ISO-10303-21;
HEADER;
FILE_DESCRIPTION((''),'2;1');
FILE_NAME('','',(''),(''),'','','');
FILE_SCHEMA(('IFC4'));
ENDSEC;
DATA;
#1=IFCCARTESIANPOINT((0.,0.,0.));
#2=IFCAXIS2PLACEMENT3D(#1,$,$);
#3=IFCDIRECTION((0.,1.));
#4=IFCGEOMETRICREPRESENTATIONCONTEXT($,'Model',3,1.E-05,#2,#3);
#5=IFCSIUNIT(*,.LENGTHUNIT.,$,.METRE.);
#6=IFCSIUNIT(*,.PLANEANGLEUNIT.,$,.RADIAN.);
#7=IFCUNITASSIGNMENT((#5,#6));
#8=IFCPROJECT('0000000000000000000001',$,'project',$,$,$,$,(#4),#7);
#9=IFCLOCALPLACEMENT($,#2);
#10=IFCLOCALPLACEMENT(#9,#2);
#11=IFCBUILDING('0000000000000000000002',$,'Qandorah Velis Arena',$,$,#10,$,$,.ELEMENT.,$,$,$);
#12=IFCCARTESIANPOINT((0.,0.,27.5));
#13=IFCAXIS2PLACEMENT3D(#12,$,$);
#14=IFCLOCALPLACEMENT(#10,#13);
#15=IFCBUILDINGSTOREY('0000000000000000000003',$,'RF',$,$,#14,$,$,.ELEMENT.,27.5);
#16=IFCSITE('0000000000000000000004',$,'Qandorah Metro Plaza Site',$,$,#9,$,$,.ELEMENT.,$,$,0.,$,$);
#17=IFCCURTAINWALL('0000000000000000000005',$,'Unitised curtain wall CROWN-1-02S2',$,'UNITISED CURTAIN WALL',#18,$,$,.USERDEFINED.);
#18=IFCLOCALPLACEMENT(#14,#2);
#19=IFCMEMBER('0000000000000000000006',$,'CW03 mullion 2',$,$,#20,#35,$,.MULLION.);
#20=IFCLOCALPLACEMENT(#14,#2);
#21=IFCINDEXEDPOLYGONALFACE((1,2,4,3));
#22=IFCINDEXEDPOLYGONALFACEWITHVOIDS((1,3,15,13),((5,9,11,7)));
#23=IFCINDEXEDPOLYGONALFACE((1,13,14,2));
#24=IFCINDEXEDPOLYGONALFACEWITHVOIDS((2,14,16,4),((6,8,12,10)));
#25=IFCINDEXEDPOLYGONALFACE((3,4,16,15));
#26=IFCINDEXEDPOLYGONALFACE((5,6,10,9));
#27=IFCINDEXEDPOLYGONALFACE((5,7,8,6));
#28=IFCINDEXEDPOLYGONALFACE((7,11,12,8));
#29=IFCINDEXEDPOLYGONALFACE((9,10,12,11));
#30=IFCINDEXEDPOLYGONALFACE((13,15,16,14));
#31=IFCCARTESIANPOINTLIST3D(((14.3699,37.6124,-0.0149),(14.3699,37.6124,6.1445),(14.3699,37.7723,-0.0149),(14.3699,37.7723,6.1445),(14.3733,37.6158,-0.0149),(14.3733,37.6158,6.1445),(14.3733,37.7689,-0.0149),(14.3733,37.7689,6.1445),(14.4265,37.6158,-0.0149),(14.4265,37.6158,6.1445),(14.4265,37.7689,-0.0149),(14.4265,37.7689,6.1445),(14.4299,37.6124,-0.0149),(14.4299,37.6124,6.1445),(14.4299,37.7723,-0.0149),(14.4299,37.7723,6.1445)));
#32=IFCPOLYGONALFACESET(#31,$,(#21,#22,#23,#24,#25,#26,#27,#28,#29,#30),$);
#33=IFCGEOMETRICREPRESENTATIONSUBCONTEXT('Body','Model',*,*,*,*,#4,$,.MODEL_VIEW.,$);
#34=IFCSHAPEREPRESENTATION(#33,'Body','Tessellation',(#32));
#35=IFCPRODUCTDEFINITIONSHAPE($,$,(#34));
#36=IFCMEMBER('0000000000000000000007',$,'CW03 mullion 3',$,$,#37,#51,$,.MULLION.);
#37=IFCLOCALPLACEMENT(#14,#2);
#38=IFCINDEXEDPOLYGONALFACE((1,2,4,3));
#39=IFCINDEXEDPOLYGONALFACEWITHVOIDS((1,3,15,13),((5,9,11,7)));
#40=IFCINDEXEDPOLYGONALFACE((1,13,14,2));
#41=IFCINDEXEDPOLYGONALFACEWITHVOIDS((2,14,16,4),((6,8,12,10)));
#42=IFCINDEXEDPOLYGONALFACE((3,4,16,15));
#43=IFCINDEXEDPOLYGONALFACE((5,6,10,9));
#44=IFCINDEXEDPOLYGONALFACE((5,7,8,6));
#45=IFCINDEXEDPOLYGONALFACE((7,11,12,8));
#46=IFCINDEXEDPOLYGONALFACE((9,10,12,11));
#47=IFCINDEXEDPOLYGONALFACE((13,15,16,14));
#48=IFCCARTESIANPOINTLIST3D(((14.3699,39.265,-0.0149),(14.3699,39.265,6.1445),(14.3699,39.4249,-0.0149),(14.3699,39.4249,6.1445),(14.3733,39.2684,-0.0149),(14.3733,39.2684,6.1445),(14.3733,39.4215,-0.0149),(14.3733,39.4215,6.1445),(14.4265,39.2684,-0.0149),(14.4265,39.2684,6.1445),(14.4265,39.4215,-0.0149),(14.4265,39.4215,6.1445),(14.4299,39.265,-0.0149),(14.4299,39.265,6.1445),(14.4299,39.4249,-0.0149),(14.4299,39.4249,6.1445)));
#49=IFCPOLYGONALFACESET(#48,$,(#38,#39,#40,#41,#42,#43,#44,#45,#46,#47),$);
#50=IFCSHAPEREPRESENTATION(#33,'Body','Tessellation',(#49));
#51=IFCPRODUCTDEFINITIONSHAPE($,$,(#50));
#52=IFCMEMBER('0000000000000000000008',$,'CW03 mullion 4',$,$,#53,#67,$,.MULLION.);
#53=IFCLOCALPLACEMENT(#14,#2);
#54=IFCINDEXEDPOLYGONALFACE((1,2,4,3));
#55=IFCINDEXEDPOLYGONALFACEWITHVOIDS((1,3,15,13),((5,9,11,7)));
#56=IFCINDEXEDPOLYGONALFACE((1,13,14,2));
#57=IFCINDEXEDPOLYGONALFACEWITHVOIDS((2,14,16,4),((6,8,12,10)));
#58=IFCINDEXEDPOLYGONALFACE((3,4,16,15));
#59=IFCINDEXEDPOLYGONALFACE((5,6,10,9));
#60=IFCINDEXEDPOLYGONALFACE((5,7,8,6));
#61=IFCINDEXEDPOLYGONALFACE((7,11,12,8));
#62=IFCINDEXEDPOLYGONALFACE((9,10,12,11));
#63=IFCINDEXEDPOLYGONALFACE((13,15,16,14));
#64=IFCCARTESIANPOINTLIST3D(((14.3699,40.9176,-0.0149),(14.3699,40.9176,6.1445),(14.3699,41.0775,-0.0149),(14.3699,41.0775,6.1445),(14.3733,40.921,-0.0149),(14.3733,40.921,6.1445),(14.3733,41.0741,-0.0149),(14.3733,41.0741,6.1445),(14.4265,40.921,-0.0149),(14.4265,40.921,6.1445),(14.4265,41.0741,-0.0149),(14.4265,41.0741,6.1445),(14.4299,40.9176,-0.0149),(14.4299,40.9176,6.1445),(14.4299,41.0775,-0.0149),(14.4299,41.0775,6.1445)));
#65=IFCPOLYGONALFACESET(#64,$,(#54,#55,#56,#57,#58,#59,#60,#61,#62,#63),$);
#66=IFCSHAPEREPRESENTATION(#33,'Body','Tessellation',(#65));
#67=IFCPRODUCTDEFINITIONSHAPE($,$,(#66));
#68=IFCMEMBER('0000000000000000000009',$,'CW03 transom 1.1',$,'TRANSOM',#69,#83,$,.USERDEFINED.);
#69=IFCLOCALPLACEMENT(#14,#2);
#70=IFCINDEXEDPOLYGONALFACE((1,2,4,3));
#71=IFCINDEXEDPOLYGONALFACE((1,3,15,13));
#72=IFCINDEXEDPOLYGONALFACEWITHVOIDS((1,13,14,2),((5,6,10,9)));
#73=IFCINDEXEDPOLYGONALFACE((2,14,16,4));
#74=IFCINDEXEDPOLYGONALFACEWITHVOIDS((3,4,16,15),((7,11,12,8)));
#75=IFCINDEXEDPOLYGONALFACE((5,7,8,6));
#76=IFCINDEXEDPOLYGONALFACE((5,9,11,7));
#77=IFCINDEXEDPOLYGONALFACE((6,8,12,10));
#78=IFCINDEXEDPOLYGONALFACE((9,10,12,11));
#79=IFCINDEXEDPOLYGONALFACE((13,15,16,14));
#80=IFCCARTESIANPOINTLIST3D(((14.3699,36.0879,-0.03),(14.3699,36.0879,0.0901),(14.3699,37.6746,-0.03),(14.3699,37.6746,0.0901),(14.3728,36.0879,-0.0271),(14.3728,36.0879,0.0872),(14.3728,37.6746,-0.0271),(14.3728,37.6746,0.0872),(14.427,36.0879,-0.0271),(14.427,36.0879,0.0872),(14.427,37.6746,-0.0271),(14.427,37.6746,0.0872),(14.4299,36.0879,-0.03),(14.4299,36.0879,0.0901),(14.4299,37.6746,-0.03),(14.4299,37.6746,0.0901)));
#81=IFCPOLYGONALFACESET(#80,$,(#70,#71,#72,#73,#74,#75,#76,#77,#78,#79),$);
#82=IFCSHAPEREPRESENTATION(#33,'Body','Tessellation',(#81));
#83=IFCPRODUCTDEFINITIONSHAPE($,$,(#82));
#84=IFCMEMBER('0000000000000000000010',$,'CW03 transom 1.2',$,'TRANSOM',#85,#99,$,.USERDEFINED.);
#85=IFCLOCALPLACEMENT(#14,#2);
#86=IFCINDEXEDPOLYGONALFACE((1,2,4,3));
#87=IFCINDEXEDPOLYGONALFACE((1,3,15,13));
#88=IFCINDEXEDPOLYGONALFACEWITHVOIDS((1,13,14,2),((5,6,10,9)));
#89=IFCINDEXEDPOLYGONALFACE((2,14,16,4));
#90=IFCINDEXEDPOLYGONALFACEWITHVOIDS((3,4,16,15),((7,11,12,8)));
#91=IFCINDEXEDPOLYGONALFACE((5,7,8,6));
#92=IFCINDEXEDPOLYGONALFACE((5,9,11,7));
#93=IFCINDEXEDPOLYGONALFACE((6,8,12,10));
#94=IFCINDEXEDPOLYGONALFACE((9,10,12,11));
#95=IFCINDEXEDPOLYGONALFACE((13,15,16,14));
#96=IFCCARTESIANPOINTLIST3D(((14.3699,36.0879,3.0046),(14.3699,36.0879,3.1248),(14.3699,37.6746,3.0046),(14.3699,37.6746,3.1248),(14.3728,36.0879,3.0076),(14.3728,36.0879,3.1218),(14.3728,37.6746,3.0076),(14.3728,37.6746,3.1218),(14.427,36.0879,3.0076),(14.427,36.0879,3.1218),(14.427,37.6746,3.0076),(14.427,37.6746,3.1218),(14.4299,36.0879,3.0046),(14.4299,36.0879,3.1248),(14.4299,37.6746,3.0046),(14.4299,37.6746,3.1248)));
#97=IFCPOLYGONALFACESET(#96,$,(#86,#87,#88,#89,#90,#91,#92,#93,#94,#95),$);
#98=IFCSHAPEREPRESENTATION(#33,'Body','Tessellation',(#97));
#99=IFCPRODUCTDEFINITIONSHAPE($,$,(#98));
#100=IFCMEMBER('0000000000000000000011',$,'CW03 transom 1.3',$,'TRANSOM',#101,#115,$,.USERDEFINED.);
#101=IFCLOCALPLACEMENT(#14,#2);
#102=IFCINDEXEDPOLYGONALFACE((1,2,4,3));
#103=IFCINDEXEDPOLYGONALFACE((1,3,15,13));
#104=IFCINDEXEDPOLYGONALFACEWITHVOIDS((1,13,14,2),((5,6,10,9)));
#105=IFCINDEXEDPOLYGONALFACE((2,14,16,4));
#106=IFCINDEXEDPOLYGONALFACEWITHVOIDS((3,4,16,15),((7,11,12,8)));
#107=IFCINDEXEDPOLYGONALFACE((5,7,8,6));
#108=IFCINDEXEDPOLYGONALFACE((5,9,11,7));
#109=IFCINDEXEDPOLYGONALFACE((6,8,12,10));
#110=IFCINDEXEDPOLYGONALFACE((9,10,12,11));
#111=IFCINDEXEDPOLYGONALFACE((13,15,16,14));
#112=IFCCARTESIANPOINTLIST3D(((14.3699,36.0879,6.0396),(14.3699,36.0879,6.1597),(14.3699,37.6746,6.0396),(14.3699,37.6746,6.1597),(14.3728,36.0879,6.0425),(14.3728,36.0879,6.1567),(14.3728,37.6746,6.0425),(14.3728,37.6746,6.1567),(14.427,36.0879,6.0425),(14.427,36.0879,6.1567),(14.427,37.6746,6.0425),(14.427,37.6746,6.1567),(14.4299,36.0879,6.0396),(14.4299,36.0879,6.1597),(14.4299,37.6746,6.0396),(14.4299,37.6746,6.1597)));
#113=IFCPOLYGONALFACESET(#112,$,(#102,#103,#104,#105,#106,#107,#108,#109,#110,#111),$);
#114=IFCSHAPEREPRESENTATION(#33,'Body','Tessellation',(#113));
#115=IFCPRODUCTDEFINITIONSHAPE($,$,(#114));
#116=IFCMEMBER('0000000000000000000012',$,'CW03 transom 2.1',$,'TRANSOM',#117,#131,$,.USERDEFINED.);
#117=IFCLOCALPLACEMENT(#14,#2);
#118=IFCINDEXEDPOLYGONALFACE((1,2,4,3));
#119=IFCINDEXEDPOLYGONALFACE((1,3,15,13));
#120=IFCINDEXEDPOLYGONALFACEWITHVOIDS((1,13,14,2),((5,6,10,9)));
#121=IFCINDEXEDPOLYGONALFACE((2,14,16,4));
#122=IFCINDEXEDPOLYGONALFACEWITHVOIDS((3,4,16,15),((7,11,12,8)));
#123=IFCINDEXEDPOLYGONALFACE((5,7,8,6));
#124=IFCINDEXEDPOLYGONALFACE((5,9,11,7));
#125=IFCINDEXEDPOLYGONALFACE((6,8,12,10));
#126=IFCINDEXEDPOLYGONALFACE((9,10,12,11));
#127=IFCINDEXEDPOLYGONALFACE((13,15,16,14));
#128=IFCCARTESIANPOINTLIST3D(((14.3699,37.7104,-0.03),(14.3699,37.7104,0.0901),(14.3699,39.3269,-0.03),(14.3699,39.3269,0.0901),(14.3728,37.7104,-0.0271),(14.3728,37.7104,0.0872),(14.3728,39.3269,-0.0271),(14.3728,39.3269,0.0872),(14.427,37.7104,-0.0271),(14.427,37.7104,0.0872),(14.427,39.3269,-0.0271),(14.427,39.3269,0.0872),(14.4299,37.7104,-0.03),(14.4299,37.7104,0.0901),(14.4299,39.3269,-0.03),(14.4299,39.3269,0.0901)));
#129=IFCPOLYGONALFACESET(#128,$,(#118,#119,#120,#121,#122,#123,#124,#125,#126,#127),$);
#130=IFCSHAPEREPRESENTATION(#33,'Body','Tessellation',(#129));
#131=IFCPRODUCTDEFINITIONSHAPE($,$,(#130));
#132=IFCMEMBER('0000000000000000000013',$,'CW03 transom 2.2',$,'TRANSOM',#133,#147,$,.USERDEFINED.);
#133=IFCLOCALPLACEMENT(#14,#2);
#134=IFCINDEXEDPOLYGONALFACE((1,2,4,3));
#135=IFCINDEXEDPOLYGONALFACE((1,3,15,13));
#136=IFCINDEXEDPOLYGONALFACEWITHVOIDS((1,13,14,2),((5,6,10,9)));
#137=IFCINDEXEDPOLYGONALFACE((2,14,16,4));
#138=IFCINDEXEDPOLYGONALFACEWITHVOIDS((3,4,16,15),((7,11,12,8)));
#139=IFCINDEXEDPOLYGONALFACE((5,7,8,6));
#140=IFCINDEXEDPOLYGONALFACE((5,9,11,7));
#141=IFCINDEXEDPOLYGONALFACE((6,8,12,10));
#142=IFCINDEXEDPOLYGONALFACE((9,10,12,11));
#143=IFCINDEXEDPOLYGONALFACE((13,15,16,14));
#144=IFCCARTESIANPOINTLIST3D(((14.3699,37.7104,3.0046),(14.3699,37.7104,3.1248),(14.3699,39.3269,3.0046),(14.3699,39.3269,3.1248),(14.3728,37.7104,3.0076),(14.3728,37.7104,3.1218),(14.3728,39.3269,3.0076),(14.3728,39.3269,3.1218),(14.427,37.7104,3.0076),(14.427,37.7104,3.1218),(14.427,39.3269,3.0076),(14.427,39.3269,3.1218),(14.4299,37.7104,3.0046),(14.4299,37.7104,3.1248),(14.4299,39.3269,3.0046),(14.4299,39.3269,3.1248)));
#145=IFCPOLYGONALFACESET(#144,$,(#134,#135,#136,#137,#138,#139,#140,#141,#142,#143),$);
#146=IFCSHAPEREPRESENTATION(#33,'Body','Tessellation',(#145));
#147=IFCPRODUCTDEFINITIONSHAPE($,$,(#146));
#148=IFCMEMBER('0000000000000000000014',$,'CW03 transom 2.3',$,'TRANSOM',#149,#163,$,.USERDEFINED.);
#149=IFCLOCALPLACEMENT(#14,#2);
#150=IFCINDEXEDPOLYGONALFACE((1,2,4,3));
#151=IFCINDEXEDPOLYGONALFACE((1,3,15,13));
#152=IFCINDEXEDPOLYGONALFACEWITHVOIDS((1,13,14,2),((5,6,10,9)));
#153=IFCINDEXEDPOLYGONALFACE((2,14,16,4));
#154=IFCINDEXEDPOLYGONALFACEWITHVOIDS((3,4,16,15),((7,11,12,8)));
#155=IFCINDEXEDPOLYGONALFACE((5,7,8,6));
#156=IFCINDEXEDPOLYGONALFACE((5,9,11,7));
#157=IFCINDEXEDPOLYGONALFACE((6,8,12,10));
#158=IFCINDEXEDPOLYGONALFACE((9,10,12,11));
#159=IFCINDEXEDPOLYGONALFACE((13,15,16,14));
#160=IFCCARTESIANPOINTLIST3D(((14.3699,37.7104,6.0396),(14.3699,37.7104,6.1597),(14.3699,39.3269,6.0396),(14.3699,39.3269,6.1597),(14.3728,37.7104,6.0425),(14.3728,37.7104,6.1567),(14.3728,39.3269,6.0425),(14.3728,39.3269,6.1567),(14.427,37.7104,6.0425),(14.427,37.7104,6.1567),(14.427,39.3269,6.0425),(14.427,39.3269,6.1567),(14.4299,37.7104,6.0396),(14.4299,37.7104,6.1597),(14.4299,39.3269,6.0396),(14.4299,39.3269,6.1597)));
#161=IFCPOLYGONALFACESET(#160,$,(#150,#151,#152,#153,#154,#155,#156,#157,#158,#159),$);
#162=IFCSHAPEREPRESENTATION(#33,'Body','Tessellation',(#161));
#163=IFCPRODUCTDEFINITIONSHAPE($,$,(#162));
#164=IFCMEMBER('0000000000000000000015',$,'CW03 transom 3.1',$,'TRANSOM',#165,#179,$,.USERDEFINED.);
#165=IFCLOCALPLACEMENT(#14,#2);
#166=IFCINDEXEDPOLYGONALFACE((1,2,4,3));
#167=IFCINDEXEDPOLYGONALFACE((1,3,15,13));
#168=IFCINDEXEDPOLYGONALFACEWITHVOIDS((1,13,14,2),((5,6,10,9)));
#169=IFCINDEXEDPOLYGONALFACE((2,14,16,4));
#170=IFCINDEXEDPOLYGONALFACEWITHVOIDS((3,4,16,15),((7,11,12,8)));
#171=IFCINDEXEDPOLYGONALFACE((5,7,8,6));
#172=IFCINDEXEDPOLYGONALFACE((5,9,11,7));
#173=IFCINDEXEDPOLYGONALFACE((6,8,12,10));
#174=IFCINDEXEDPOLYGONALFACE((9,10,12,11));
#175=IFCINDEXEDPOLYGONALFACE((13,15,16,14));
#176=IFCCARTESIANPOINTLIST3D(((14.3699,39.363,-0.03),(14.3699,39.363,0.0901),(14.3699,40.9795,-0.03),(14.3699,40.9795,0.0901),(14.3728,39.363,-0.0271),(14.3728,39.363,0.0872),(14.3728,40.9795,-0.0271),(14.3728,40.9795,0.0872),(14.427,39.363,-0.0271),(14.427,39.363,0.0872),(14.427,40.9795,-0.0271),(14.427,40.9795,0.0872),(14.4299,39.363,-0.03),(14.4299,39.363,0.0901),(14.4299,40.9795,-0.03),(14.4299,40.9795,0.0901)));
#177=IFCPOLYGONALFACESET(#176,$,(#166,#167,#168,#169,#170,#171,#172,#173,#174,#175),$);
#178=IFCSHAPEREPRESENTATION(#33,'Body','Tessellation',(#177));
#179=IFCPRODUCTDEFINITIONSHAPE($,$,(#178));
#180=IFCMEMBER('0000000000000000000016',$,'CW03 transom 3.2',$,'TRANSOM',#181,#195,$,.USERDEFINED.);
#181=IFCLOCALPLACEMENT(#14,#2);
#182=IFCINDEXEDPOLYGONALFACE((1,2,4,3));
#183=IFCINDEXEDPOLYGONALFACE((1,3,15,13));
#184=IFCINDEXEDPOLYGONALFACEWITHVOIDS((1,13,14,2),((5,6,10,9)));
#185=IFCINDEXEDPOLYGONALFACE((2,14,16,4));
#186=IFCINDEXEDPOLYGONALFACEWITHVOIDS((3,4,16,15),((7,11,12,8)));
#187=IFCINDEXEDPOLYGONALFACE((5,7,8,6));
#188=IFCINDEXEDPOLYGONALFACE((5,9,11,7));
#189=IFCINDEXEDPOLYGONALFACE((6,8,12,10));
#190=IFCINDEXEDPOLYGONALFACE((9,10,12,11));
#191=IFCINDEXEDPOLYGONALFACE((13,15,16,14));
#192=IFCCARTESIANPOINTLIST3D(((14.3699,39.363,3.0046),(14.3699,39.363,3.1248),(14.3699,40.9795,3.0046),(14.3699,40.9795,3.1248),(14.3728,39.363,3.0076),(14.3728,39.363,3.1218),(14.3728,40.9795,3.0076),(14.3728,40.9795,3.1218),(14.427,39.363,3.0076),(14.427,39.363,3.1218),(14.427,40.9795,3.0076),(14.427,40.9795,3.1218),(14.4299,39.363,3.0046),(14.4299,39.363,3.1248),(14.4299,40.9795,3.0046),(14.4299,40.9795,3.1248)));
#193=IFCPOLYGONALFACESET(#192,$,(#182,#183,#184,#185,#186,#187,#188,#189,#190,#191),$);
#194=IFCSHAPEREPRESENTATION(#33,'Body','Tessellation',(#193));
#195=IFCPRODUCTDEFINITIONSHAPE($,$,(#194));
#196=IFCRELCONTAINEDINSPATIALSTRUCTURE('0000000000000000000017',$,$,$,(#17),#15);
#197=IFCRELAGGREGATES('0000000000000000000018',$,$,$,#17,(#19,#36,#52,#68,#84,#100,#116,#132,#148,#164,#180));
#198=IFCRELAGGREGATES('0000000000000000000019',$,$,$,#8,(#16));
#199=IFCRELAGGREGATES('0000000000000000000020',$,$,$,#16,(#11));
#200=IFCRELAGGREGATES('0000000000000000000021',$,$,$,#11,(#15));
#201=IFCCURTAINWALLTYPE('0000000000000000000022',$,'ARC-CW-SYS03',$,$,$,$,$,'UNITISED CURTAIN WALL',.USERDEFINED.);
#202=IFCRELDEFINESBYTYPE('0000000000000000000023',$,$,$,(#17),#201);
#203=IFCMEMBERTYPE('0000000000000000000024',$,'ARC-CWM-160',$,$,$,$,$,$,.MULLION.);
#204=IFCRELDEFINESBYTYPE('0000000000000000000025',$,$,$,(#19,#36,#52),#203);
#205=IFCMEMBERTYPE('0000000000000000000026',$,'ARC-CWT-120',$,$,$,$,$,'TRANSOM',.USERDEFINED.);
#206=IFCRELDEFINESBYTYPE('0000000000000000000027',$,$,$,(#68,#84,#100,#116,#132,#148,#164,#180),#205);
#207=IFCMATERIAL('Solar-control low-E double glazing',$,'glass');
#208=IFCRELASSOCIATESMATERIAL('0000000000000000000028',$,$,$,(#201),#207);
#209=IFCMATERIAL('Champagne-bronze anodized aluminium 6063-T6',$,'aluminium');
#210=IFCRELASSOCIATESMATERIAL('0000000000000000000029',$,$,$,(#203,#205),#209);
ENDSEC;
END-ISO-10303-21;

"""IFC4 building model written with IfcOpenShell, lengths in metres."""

from ifc_helpers import new_model, si_unit, direction, frame, origin, origin_2d, place, context, subcontext, project, spatial, hollow_rectangle, extrude, material, material_profile, profile_set, type_object, element, aggregate, save


model = new_model("IFC4")

# Units and contexts
model_context = context("Model", 3, precision=1e-05, world=origin(), true_north=direction((0.0, 1.0)))
body_context = subcontext(model_context, "Body", "Model", "MODEL_VIEW")
ifc_project = project(units=[si_unit("LENGTHUNIT", "METRE"), si_unit("PLANEANGLEUNIT", "RADIAN")], contexts=[model_context])

# Site, building, storey
site_placement = place(None, origin())
site = spatial("IfcSite", under=ifc_project, at=site_placement, Name="Qandorah Metro Plaza Site", CompositionType="ELEMENT", RefElevation=0.0)
building_placement = place(site_placement, origin())
building = spatial("IfcBuilding", under=site, at=building_placement, Name="Qandorah Velis Arena", CompositionType="ELEMENT")
storey_placement = place(building_placement, frame((0.0, 0.0, 27.5)))
storey = spatial("IfcBuildingStorey", under=building, at=storey_placement, Name="RF", CompositionType="ELEMENT", Elevation=27.5)

# Curtain wall, members
ifc_material_1 = material(Name="Solar-control low-E double glazing", Category="glass")
curtain_wall_type = type_object("IfcCurtainWallType", Name="ARC-CW-SYS03", ElementType="UNITISED CURTAIN WALL", PredefinedType="USERDEFINED", material=ifc_material_1)
curtain_wall_placement = place(storey_placement, origin())
curtain_wall = element("IfcCurtainWall", 1, at=curtain_wall_placement, inside=storey, type_object=curtain_wall_type, Name="Unitised curtain wall CROWN-1-02S2", ObjectType="UNITISED CURTAIN WALL", PredefinedType="USERDEFINED")
ifc_material_2 = material(Name="Champagne-bronze anodized aluminium 6063-T6", Category="aluminium")
ifc_material_profile_1 = material_profile(ifc_material_2, hollow_rectangle(XDim=0.0601, YDim=0.1599, WallThickness=0.0034, at=origin_2d()), Name="ALU MULLION 60x160")
ifc_profile_set_1 = profile_set([ifc_material_profile_1], Name="Champagne-bronze anodized aluminium 6063-T6")
member_type_1 = type_object("IfcMemberType", Name="ARC-CWM-160", PredefinedType="MULLION", material=ifc_profile_set_1)
member_1_placement = place(storey_placement, frame((14.3999, 37.6924, -0.0149), z_axis=(0.0, 0.0, 1.0), x_axis=(-1.0, 0.0, 0.0)))
member_1 = element("IfcMember", 2, at=member_1_placement, type_object=member_type_1, Name="CW03 mullion 2", PredefinedType="MULLION", context=body_context, shape_type="SweptSolid", body=[
    extrude(hollow_rectangle(XDim=0.0601, YDim=0.1599, WallThickness=0.0034, at=origin_2d()), origin(), (0.0, 0.0, 1.0), 6.1594),
])
member_2_placement = place(storey_placement, frame((14.3999, 39.345, -0.0149), z_axis=(0.0, 0.0, 1.0), x_axis=(-1.0, 0.0, 0.0)))
member_2 = element("IfcMember", 3, at=member_2_placement, type_object=member_type_1, Name="CW03 mullion 3", PredefinedType="MULLION", context=body_context, shape_type="SweptSolid", body=[
    extrude(hollow_rectangle(XDim=0.0601, YDim=0.1599, WallThickness=0.0034, at=origin_2d()), origin(), (0.0, 0.0, 1.0), 6.1594),
])
member_3_placement = place(storey_placement, frame((14.3999, 40.9976, -0.0149), z_axis=(0.0, 0.0, 1.0), x_axis=(-1.0, 0.0, 0.0)))
member_3 = element("IfcMember", 4, at=member_3_placement, type_object=member_type_1, Name="CW03 mullion 4", PredefinedType="MULLION", context=body_context, shape_type="SweptSolid", body=[
    extrude(hollow_rectangle(XDim=0.0601, YDim=0.1599, WallThickness=0.0034, at=origin_2d()), origin(), (0.0, 0.0, 1.0), 6.1594),
])
ifc_material_profile_2 = material_profile(ifc_material_2, hollow_rectangle(XDim=0.0601, YDim=0.1201, WallThickness=0.0029, at=origin_2d()), Name="ALU TRANSOM 60x120")
ifc_profile_set_2 = profile_set([ifc_material_profile_2], Name="Champagne-bronze anodized aluminium 6063-T6")
member_type_2 = type_object("IfcMemberType", Name="ARC-CWT-120", ElementType="TRANSOM", PredefinedType="USERDEFINED", material=ifc_profile_set_2)
member_4_placement = place(storey_placement, frame((14.3999, 36.0879, 0.03), z_axis=(0.0, 1.0, 0.0), x_axis=(-1.0, 0.0, 0.0)))
member_4 = element("IfcMember", 5, at=member_4_placement, type_object=member_type_2, Name="CW03 transom 1.1", ObjectType="TRANSOM", PredefinedType="USERDEFINED", context=body_context, shape_type="SweptSolid", body=[
    extrude(hollow_rectangle(XDim=0.0601, YDim=0.1201, WallThickness=0.0029, at=origin_2d()), origin(), (0.0, 0.0, 1.0), 1.5867),
])
member_5_placement = place(storey_placement, frame((14.3999, 36.0879, 3.0647), z_axis=(0.0, 1.0, 0.0), x_axis=(-1.0, 0.0, 0.0)))
member_5 = element("IfcMember", 6, at=member_5_placement, type_object=member_type_2, Name="CW03 transom 1.2", ObjectType="TRANSOM", PredefinedType="USERDEFINED", context=body_context, shape_type="SweptSolid", body=[
    extrude(hollow_rectangle(XDim=0.0601, YDim=0.1201, WallThickness=0.0029, at=origin_2d()), origin(), (0.0, 0.0, 1.0), 1.5867),
])
member_6_placement = place(storey_placement, frame((14.3999, 36.0879, 6.0996), z_axis=(0.0, 1.0, 0.0), x_axis=(-1.0, 0.0, 0.0)))
member_6 = element("IfcMember", 7, at=member_6_placement, type_object=member_type_2, Name="CW03 transom 1.3", ObjectType="TRANSOM", PredefinedType="USERDEFINED", context=body_context, shape_type="SweptSolid", body=[
    extrude(hollow_rectangle(XDim=0.0601, YDim=0.1201, WallThickness=0.0029, at=origin_2d()), origin(), (0.0, 0.0, 1.0), 1.5867),
])
member_7_placement = place(storey_placement, frame((14.3999, 37.7104, 0.03), z_axis=(0.0, 1.0, 0.0), x_axis=(-1.0, 0.0, 0.0)))
member_7 = element("IfcMember", 8, at=member_7_placement, type_object=member_type_2, Name="CW03 transom 2.1", ObjectType="TRANSOM", PredefinedType="USERDEFINED", context=body_context, shape_type="SweptSolid", body=[
    extrude(hollow_rectangle(XDim=0.0601, YDim=0.1201, WallThickness=0.0029, at=origin_2d()), origin(), (0.0, 0.0, 1.0), 1.6165),
])
member_8_placement = place(storey_placement, frame((14.3999, 37.7104, 3.0647), z_axis=(0.0, 1.0, 0.0), x_axis=(-1.0, 0.0, 0.0)))
member_8 = element("IfcMember", 9, at=member_8_placement, type_object=member_type_2, Name="CW03 transom 2.2", ObjectType="TRANSOM", PredefinedType="USERDEFINED", context=body_context, shape_type="SweptSolid", body=[
    extrude(hollow_rectangle(XDim=0.0601, YDim=0.1201, WallThickness=0.0029, at=origin_2d()), origin(), (0.0, 0.0, 1.0), 1.6165),
])
member_9_placement = place(storey_placement, frame((14.3999, 37.7104, 6.0996), z_axis=(0.0, 1.0, 0.0), x_axis=(-1.0, 0.0, 0.0)))
member_9 = element("IfcMember", 10, at=member_9_placement, type_object=member_type_2, Name="CW03 transom 2.3", ObjectType="TRANSOM", PredefinedType="USERDEFINED", context=body_context, shape_type="SweptSolid", body=[
    extrude(hollow_rectangle(XDim=0.0601, YDim=0.1201, WallThickness=0.0029, at=origin_2d()), origin(), (0.0, 0.0, 1.0), 1.6165),
])
member_10_placement = place(storey_placement, frame((14.3999, 39.363, 0.03), z_axis=(0.0, 1.0, 0.0), x_axis=(-1.0, 0.0, 0.0)))
member_10 = element("IfcMember", 11, at=member_10_placement, type_object=member_type_2, Name="CW03 transom 3.1", ObjectType="TRANSOM", PredefinedType="USERDEFINED", context=body_context, shape_type="SweptSolid", body=[
    extrude(hollow_rectangle(XDim=0.0601, YDim=0.1201, WallThickness=0.0029, at=origin_2d()), origin(), (0.0, 0.0, 1.0), 1.6165),
])
member_11_placement = place(storey_placement, frame((14.3999, 39.363, 3.0647), z_axis=(0.0, 1.0, 0.0), x_axis=(-1.0, 0.0, 0.0)))
member_11 = element("IfcMember", 12, at=member_11_placement, type_object=member_type_2, Name="CW03 transom 3.2", ObjectType="TRANSOM", PredefinedType="USERDEFINED", context=body_context, shape_type="SweptSolid", body=[
    extrude(hollow_rectangle(XDim=0.0601, YDim=0.1201, WallThickness=0.0029, at=origin_2d()), origin(), (0.0, 0.0, 1.0), 1.6165),
])

aggregate(curtain_wall, [member_1, member_2, member_3, member_4, member_5, member_6, member_7, member_8, member_9, member_10, member_11])

save(model, "model.ifc")
